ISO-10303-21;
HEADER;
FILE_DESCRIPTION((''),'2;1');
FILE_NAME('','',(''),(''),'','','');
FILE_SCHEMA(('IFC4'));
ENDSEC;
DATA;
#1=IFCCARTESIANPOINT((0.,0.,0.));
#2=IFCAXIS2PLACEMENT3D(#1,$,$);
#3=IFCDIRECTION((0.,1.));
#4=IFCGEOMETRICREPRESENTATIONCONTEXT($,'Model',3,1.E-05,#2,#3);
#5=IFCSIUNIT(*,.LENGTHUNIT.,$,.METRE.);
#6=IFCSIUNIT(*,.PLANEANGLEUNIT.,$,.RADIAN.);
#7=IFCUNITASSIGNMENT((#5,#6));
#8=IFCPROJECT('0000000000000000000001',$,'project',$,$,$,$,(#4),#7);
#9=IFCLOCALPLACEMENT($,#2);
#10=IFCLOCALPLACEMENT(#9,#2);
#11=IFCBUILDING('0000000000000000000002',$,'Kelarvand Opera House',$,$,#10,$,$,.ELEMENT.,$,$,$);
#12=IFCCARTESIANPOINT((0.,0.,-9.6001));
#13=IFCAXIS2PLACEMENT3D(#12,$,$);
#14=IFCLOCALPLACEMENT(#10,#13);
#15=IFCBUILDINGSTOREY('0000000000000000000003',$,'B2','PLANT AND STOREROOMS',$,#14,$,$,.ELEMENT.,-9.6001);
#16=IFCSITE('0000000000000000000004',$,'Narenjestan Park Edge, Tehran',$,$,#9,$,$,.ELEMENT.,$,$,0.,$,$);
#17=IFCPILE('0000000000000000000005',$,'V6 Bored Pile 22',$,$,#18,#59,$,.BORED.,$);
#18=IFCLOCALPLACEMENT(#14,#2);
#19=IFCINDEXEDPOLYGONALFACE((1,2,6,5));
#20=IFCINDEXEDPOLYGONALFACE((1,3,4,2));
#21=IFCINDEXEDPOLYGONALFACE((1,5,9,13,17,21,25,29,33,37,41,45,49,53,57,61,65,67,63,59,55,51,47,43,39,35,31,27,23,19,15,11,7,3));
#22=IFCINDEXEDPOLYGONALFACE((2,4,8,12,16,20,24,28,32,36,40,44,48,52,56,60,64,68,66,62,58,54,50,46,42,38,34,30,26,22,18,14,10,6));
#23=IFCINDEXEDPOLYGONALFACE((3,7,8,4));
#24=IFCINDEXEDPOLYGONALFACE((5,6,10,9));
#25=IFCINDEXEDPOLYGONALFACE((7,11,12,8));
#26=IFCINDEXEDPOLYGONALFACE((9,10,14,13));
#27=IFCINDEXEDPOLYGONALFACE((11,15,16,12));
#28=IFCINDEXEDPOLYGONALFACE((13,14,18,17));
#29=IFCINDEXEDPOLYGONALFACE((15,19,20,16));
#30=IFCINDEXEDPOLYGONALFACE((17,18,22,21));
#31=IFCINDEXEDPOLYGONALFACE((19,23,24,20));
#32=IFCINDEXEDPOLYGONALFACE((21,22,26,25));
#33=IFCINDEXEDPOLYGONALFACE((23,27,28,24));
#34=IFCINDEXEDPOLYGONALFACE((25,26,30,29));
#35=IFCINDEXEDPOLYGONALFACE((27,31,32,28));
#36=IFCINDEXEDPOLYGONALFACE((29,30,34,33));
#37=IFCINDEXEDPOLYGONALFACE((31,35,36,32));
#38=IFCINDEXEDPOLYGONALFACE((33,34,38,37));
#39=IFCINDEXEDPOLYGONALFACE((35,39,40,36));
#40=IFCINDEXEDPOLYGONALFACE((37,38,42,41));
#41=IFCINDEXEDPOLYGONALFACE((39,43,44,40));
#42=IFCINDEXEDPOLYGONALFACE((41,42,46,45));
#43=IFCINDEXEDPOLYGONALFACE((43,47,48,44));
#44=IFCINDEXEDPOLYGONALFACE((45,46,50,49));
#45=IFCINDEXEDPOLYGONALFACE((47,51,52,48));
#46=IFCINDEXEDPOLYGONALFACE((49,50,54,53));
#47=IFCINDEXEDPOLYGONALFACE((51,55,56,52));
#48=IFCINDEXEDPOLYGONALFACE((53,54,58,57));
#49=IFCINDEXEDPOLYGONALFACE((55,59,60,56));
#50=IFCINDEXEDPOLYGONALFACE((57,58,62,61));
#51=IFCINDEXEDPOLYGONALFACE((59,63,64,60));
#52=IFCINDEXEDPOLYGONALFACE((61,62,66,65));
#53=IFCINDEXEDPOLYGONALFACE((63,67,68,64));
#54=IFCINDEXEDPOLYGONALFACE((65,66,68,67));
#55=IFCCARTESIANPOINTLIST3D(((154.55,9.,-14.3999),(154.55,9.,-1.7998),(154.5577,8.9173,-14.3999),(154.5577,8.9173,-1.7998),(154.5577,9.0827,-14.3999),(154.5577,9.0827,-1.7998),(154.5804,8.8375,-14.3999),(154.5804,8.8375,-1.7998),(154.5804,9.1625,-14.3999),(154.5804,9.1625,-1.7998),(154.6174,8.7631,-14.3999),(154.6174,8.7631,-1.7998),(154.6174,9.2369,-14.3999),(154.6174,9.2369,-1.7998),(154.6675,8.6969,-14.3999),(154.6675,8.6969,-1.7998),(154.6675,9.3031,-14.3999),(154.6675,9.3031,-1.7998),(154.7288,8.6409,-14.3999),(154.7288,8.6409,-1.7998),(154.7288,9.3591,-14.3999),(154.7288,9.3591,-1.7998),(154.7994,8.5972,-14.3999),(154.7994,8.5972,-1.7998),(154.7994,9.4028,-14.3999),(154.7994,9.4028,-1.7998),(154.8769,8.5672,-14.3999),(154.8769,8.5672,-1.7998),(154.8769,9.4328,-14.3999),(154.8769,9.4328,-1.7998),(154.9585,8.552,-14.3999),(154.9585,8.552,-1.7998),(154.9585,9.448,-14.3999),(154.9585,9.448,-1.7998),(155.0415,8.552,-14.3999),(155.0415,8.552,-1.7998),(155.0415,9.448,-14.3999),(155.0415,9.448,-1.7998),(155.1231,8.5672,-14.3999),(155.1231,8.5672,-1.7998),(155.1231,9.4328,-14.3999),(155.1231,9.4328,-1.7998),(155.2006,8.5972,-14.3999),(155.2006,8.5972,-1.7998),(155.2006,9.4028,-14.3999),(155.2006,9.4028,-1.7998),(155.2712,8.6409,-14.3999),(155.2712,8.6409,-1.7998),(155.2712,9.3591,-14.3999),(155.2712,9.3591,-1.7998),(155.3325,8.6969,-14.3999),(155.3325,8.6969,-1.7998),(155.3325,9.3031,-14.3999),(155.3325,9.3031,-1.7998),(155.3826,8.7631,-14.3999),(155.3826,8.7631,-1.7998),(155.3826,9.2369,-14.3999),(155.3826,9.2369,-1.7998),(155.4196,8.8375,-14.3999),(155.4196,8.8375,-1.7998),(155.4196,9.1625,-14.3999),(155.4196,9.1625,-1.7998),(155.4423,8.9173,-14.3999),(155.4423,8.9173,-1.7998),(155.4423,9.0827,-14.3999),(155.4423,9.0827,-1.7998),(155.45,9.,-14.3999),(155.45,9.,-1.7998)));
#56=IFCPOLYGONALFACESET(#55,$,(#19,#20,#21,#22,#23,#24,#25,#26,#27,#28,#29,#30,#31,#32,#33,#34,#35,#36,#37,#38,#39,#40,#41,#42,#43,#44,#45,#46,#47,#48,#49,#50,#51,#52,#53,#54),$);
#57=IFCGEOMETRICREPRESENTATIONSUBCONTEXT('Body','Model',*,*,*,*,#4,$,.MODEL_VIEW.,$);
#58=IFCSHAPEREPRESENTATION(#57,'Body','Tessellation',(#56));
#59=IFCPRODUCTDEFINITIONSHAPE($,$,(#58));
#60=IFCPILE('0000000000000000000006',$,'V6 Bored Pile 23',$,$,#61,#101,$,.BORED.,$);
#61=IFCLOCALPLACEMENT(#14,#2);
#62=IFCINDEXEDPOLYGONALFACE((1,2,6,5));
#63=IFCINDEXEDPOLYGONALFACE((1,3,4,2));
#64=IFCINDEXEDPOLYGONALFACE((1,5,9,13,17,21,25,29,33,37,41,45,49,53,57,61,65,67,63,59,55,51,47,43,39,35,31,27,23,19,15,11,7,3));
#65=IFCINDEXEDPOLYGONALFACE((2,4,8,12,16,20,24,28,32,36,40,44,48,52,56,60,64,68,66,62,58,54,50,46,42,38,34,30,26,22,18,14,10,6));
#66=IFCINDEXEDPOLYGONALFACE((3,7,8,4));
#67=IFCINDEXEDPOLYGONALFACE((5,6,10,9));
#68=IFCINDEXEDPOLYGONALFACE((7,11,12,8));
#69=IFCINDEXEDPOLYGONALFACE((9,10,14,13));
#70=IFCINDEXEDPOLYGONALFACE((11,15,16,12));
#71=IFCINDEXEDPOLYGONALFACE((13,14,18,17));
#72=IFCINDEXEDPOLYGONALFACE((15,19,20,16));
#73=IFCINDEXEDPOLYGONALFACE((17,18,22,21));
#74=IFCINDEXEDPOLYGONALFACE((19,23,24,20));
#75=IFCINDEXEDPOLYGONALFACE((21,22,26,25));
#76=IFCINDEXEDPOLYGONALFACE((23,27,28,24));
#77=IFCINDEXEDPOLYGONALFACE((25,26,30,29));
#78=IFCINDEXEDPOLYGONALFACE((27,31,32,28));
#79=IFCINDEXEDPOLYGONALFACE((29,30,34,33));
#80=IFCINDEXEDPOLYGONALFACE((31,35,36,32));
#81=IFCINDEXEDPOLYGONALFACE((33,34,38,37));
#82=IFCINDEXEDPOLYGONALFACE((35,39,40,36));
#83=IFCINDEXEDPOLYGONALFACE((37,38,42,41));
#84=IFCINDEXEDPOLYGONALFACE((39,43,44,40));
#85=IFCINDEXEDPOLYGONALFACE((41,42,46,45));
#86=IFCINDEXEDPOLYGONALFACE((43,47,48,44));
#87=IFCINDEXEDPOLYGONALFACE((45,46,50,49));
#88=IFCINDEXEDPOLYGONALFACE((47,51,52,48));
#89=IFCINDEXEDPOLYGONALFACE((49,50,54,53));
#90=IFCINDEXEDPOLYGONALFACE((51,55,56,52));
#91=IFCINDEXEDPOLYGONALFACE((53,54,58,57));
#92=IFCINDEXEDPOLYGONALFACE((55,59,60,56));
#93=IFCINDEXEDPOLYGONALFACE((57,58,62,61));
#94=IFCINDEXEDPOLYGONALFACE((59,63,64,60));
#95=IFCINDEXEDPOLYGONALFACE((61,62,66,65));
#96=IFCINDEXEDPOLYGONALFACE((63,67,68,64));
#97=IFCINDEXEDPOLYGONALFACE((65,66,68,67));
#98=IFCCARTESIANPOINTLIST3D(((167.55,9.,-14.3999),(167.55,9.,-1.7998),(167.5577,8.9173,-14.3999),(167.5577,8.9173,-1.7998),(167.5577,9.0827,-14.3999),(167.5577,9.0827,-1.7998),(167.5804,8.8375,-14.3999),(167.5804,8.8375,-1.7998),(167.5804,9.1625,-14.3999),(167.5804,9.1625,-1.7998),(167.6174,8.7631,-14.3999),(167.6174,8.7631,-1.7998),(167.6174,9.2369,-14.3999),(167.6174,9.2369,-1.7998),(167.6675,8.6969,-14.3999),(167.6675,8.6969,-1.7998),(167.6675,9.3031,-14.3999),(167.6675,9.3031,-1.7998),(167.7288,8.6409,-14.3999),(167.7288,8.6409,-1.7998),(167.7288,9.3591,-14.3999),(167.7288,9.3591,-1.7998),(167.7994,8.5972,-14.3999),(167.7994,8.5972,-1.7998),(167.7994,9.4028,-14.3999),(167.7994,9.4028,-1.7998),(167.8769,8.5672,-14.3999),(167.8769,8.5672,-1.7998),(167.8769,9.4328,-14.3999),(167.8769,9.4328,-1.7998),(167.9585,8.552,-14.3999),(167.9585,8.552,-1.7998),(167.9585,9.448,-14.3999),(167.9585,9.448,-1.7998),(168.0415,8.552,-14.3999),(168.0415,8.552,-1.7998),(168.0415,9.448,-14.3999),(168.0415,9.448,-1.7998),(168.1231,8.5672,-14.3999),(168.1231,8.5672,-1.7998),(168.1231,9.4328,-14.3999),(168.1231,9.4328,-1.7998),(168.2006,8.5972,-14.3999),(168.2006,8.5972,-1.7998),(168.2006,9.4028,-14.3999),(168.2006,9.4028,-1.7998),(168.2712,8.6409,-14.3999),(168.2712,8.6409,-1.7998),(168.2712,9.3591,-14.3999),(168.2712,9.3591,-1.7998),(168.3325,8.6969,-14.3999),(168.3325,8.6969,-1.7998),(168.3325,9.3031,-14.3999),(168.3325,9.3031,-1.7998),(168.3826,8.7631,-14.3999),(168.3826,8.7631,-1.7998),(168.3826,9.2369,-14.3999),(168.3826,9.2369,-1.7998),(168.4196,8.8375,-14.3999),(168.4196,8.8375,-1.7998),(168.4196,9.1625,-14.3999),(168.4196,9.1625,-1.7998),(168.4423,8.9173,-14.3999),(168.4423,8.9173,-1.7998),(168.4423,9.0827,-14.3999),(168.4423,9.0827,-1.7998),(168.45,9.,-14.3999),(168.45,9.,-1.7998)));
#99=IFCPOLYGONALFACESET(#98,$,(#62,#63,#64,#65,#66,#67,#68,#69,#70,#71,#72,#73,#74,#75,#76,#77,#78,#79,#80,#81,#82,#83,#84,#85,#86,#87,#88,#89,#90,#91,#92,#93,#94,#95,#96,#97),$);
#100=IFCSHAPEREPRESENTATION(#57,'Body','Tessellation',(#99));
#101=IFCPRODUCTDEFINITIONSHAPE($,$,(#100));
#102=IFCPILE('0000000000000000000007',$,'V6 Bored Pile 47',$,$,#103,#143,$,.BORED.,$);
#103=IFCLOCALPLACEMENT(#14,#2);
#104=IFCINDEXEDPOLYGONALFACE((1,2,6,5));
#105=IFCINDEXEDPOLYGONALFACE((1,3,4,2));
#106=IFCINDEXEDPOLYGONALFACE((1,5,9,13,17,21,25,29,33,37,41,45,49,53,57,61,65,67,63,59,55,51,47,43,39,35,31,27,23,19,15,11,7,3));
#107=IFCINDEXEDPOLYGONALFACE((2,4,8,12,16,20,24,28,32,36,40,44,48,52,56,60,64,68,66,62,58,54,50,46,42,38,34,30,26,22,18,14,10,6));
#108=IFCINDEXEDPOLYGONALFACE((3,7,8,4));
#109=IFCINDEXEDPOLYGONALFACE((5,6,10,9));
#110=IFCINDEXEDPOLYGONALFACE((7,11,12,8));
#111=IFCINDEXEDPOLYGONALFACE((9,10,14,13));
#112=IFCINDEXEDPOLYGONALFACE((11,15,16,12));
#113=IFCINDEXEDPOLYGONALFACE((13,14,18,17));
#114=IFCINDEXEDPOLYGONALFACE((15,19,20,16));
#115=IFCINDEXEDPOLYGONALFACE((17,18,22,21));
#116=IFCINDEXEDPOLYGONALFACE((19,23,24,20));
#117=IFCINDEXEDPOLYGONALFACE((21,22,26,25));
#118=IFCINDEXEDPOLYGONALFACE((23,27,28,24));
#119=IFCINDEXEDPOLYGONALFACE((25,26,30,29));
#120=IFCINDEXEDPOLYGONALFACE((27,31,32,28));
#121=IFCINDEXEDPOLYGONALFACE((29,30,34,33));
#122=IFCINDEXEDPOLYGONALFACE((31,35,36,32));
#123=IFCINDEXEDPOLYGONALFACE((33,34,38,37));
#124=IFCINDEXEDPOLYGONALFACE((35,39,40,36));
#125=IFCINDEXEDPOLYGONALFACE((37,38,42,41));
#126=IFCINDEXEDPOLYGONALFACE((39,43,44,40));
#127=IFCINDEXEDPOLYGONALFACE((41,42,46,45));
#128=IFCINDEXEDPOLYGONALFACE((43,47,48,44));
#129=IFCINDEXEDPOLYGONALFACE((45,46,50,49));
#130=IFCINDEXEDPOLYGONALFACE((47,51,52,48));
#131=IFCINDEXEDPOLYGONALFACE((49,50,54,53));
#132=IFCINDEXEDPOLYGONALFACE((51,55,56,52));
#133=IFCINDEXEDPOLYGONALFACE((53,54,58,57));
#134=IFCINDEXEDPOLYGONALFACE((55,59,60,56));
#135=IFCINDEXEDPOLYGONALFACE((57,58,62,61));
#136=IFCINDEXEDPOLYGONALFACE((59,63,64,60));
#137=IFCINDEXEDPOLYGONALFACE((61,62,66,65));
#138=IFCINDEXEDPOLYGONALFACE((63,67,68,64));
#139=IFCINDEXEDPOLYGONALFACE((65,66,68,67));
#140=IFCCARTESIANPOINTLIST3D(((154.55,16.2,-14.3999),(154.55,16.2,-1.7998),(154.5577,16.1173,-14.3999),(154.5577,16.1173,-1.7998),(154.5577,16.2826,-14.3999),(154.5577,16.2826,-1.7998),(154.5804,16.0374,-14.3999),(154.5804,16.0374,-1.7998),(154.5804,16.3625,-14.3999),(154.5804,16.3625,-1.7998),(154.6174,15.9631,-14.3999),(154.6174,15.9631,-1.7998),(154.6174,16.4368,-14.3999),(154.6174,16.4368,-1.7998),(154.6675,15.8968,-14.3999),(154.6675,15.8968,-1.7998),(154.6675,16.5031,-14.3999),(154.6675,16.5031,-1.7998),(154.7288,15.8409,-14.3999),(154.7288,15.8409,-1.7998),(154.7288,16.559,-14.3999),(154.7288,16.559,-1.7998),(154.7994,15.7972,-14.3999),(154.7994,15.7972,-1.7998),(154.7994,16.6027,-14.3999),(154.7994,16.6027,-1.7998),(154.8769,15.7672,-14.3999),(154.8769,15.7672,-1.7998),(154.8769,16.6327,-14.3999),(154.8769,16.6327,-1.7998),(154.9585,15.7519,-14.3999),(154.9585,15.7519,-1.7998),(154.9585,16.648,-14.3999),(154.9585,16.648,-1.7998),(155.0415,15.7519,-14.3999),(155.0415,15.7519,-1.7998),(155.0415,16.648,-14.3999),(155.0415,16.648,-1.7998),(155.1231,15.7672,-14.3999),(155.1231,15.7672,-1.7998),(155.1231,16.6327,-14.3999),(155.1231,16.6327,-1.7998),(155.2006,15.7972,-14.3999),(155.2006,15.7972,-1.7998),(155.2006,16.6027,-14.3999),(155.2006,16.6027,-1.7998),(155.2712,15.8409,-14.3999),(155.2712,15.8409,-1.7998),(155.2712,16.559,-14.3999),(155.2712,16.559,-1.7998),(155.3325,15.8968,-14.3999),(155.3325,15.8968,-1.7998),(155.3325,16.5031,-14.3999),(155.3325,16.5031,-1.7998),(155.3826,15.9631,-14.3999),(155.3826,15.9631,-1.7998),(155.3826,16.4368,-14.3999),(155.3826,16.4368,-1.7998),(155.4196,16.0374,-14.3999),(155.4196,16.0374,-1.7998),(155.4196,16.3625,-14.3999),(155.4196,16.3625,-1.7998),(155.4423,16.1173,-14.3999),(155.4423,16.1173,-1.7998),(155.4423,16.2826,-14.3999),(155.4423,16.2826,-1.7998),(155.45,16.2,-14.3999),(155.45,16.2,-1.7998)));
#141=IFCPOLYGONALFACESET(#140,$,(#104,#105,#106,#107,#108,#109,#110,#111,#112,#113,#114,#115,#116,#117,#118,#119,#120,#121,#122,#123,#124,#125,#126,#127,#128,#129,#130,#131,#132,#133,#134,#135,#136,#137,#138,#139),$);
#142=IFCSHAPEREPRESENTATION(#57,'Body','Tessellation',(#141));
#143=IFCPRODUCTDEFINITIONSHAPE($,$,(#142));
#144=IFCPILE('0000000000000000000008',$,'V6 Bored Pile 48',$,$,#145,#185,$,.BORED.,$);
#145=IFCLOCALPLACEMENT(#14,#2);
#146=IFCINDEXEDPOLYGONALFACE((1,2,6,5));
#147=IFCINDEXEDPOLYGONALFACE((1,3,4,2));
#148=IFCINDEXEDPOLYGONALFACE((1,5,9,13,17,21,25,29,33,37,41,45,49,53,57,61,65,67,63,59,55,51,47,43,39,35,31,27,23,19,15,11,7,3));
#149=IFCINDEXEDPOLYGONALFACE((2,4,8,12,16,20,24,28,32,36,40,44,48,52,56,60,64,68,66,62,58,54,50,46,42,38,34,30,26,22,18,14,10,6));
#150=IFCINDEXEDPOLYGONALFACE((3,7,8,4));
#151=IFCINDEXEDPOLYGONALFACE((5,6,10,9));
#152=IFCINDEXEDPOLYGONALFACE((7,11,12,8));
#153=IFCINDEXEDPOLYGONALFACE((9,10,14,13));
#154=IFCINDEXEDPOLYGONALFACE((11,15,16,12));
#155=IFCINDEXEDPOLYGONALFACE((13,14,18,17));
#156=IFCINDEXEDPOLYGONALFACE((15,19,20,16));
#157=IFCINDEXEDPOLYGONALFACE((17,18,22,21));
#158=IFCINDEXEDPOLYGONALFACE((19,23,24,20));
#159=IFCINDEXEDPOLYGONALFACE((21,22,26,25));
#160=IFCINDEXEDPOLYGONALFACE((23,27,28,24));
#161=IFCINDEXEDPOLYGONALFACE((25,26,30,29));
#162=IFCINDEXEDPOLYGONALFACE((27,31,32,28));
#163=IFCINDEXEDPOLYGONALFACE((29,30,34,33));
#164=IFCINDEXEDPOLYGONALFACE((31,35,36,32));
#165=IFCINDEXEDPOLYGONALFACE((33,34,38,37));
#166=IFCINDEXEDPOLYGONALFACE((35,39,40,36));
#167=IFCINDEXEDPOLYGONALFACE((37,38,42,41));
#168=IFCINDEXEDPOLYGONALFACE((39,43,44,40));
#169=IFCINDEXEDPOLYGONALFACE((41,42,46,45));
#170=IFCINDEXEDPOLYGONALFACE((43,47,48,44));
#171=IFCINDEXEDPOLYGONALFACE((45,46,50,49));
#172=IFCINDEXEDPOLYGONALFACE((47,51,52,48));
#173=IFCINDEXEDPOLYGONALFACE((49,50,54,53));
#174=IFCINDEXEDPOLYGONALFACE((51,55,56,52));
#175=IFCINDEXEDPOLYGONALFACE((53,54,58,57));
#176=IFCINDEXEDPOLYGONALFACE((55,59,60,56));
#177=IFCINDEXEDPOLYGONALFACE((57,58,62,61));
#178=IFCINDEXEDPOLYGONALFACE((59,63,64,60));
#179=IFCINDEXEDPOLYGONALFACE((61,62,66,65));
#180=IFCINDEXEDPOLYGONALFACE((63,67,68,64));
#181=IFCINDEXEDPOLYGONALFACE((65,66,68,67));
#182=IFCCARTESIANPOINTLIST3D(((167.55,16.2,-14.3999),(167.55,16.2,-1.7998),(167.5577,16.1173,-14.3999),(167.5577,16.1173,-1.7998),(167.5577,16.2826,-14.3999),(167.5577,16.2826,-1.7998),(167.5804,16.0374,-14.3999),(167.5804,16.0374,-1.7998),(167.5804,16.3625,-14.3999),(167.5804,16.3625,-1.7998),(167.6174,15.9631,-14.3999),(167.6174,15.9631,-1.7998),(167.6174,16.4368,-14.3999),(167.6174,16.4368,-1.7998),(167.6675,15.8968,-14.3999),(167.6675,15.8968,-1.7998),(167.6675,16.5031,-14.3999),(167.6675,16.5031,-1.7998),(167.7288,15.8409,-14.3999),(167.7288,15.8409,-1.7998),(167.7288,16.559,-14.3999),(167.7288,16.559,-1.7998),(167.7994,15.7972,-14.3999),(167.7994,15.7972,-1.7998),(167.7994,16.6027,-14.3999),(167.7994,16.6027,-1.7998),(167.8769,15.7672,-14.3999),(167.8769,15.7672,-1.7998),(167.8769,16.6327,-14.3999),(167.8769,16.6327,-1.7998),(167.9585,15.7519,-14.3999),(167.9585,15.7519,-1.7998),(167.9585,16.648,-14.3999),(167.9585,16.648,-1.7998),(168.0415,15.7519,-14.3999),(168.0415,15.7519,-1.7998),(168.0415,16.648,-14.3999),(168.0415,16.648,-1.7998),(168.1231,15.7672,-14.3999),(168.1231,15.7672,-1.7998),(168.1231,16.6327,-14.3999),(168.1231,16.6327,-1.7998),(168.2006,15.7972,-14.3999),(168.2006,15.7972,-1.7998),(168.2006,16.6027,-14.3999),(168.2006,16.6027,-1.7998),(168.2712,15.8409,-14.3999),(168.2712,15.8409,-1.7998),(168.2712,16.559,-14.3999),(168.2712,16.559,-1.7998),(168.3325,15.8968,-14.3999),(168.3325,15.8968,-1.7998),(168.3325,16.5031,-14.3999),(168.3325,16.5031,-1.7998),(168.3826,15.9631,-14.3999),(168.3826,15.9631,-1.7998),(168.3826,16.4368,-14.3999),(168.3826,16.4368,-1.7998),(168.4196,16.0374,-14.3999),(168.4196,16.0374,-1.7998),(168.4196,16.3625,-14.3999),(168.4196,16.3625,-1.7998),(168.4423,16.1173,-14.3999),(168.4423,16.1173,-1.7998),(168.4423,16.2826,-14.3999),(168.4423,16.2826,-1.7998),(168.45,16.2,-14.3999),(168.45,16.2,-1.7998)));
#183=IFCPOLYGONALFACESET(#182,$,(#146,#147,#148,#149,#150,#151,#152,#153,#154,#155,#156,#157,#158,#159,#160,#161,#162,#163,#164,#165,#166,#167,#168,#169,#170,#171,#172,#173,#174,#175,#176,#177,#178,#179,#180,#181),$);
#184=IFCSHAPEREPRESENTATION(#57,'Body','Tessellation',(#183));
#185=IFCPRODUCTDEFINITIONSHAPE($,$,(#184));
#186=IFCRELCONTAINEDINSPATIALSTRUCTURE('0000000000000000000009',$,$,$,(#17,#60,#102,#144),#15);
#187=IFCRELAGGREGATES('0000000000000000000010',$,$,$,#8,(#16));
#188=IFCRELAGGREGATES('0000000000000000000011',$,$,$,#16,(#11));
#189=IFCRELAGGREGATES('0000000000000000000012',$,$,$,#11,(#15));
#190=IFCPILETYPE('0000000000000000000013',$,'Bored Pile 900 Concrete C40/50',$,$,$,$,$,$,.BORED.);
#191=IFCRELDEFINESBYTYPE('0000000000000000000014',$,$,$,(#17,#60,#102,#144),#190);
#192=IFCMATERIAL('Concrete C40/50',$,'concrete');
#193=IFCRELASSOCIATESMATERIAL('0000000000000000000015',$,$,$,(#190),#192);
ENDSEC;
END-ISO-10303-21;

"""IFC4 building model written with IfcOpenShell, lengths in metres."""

from ifc_helpers import new_model, si_unit, direction, frame, origin, origin_2d, place, context, subcontext, project, spatial, circle, extrude, material, material_profile, profile_set, type_object, element, save


model = new_model("IFC4")

# Units and contexts
model_context = context("Model", 3, precision=1e-05, world=origin(), true_north=direction((0.0, 1.0)))
body_context = subcontext(model_context, "Body", "Model", "MODEL_VIEW")
ifc_project = project(units=[si_unit("LENGTHUNIT", "METRE"), si_unit("PLANEANGLEUNIT", "RADIAN")], contexts=[model_context])

# Site, building, storey
site_placement = place(None, origin())
site = spatial("IfcSite", under=ifc_project, at=site_placement, Name="Narenjestan Park Edge, Tehran", CompositionType="ELEMENT", RefElevation=0.0)
building_placement = place(site_placement, origin())
building = spatial("IfcBuilding", under=site, at=building_placement, Name="Kelarvand Opera House", CompositionType="ELEMENT")
storey_placement = place(building_placement, frame((0.0, 0.0, -9.6001)))
storey = spatial("IfcBuildingStorey", under=building, at=storey_placement, Name="B2", Description="PLANT AND STOREROOMS", CompositionType="ELEMENT", Elevation=-9.6001)

# Piles
ifc_material_1 = material(Name="Concrete C40/50", Category="concrete")
ifc_material_profile_1 = material_profile(ifc_material_1, circle(Radius=0.45, at=origin_2d()), Name="BP 900", Category="concrete")
ifc_profile_set_1 = profile_set([ifc_material_profile_1], Name="Concrete C40/50")
pile_type = type_object("IfcPileType", Name="Bored Pile 900 Concrete C40/50", PredefinedType="BORED", material=ifc_profile_set_1)
for number, where, z_axis, x_axis, name in (
    (1, (155.0, 9.0, -1.7998), (0.0, 0.0, -1.0), (1.0, 0.0, 0.0), "V6 Bored Pile 22"),
    (2, (168.0, 9.0, -1.7998), (0.0, 0.0, -1.0), (1.0, 0.0, 0.0), "V6 Bored Pile 23"),
    (3, (155.0, 16.2, -1.7998), (0.0, 0.0, -1.0), (1.0, 0.0, 0.0), "V6 Bored Pile 47"),
    (4, (168.0, 16.2, -1.7998), (0.0, 0.0, -1.0), (1.0, 0.0, 0.0), "V6 Bored Pile 48"),
):
    element("IfcPile", number, at=place(storey_placement, frame(where, z_axis=z_axis, x_axis=x_axis)), inside=storey, type_object=pile_type, Name=name, PredefinedType="BORED", context=body_context, shape_type="SweptSolid", body=[
        extrude(circle(Radius=0.45, at=origin_2d()), origin(), (0.0, 0.0, 1.0), 12.6001),
    ])

save(model, "model.ifc")
